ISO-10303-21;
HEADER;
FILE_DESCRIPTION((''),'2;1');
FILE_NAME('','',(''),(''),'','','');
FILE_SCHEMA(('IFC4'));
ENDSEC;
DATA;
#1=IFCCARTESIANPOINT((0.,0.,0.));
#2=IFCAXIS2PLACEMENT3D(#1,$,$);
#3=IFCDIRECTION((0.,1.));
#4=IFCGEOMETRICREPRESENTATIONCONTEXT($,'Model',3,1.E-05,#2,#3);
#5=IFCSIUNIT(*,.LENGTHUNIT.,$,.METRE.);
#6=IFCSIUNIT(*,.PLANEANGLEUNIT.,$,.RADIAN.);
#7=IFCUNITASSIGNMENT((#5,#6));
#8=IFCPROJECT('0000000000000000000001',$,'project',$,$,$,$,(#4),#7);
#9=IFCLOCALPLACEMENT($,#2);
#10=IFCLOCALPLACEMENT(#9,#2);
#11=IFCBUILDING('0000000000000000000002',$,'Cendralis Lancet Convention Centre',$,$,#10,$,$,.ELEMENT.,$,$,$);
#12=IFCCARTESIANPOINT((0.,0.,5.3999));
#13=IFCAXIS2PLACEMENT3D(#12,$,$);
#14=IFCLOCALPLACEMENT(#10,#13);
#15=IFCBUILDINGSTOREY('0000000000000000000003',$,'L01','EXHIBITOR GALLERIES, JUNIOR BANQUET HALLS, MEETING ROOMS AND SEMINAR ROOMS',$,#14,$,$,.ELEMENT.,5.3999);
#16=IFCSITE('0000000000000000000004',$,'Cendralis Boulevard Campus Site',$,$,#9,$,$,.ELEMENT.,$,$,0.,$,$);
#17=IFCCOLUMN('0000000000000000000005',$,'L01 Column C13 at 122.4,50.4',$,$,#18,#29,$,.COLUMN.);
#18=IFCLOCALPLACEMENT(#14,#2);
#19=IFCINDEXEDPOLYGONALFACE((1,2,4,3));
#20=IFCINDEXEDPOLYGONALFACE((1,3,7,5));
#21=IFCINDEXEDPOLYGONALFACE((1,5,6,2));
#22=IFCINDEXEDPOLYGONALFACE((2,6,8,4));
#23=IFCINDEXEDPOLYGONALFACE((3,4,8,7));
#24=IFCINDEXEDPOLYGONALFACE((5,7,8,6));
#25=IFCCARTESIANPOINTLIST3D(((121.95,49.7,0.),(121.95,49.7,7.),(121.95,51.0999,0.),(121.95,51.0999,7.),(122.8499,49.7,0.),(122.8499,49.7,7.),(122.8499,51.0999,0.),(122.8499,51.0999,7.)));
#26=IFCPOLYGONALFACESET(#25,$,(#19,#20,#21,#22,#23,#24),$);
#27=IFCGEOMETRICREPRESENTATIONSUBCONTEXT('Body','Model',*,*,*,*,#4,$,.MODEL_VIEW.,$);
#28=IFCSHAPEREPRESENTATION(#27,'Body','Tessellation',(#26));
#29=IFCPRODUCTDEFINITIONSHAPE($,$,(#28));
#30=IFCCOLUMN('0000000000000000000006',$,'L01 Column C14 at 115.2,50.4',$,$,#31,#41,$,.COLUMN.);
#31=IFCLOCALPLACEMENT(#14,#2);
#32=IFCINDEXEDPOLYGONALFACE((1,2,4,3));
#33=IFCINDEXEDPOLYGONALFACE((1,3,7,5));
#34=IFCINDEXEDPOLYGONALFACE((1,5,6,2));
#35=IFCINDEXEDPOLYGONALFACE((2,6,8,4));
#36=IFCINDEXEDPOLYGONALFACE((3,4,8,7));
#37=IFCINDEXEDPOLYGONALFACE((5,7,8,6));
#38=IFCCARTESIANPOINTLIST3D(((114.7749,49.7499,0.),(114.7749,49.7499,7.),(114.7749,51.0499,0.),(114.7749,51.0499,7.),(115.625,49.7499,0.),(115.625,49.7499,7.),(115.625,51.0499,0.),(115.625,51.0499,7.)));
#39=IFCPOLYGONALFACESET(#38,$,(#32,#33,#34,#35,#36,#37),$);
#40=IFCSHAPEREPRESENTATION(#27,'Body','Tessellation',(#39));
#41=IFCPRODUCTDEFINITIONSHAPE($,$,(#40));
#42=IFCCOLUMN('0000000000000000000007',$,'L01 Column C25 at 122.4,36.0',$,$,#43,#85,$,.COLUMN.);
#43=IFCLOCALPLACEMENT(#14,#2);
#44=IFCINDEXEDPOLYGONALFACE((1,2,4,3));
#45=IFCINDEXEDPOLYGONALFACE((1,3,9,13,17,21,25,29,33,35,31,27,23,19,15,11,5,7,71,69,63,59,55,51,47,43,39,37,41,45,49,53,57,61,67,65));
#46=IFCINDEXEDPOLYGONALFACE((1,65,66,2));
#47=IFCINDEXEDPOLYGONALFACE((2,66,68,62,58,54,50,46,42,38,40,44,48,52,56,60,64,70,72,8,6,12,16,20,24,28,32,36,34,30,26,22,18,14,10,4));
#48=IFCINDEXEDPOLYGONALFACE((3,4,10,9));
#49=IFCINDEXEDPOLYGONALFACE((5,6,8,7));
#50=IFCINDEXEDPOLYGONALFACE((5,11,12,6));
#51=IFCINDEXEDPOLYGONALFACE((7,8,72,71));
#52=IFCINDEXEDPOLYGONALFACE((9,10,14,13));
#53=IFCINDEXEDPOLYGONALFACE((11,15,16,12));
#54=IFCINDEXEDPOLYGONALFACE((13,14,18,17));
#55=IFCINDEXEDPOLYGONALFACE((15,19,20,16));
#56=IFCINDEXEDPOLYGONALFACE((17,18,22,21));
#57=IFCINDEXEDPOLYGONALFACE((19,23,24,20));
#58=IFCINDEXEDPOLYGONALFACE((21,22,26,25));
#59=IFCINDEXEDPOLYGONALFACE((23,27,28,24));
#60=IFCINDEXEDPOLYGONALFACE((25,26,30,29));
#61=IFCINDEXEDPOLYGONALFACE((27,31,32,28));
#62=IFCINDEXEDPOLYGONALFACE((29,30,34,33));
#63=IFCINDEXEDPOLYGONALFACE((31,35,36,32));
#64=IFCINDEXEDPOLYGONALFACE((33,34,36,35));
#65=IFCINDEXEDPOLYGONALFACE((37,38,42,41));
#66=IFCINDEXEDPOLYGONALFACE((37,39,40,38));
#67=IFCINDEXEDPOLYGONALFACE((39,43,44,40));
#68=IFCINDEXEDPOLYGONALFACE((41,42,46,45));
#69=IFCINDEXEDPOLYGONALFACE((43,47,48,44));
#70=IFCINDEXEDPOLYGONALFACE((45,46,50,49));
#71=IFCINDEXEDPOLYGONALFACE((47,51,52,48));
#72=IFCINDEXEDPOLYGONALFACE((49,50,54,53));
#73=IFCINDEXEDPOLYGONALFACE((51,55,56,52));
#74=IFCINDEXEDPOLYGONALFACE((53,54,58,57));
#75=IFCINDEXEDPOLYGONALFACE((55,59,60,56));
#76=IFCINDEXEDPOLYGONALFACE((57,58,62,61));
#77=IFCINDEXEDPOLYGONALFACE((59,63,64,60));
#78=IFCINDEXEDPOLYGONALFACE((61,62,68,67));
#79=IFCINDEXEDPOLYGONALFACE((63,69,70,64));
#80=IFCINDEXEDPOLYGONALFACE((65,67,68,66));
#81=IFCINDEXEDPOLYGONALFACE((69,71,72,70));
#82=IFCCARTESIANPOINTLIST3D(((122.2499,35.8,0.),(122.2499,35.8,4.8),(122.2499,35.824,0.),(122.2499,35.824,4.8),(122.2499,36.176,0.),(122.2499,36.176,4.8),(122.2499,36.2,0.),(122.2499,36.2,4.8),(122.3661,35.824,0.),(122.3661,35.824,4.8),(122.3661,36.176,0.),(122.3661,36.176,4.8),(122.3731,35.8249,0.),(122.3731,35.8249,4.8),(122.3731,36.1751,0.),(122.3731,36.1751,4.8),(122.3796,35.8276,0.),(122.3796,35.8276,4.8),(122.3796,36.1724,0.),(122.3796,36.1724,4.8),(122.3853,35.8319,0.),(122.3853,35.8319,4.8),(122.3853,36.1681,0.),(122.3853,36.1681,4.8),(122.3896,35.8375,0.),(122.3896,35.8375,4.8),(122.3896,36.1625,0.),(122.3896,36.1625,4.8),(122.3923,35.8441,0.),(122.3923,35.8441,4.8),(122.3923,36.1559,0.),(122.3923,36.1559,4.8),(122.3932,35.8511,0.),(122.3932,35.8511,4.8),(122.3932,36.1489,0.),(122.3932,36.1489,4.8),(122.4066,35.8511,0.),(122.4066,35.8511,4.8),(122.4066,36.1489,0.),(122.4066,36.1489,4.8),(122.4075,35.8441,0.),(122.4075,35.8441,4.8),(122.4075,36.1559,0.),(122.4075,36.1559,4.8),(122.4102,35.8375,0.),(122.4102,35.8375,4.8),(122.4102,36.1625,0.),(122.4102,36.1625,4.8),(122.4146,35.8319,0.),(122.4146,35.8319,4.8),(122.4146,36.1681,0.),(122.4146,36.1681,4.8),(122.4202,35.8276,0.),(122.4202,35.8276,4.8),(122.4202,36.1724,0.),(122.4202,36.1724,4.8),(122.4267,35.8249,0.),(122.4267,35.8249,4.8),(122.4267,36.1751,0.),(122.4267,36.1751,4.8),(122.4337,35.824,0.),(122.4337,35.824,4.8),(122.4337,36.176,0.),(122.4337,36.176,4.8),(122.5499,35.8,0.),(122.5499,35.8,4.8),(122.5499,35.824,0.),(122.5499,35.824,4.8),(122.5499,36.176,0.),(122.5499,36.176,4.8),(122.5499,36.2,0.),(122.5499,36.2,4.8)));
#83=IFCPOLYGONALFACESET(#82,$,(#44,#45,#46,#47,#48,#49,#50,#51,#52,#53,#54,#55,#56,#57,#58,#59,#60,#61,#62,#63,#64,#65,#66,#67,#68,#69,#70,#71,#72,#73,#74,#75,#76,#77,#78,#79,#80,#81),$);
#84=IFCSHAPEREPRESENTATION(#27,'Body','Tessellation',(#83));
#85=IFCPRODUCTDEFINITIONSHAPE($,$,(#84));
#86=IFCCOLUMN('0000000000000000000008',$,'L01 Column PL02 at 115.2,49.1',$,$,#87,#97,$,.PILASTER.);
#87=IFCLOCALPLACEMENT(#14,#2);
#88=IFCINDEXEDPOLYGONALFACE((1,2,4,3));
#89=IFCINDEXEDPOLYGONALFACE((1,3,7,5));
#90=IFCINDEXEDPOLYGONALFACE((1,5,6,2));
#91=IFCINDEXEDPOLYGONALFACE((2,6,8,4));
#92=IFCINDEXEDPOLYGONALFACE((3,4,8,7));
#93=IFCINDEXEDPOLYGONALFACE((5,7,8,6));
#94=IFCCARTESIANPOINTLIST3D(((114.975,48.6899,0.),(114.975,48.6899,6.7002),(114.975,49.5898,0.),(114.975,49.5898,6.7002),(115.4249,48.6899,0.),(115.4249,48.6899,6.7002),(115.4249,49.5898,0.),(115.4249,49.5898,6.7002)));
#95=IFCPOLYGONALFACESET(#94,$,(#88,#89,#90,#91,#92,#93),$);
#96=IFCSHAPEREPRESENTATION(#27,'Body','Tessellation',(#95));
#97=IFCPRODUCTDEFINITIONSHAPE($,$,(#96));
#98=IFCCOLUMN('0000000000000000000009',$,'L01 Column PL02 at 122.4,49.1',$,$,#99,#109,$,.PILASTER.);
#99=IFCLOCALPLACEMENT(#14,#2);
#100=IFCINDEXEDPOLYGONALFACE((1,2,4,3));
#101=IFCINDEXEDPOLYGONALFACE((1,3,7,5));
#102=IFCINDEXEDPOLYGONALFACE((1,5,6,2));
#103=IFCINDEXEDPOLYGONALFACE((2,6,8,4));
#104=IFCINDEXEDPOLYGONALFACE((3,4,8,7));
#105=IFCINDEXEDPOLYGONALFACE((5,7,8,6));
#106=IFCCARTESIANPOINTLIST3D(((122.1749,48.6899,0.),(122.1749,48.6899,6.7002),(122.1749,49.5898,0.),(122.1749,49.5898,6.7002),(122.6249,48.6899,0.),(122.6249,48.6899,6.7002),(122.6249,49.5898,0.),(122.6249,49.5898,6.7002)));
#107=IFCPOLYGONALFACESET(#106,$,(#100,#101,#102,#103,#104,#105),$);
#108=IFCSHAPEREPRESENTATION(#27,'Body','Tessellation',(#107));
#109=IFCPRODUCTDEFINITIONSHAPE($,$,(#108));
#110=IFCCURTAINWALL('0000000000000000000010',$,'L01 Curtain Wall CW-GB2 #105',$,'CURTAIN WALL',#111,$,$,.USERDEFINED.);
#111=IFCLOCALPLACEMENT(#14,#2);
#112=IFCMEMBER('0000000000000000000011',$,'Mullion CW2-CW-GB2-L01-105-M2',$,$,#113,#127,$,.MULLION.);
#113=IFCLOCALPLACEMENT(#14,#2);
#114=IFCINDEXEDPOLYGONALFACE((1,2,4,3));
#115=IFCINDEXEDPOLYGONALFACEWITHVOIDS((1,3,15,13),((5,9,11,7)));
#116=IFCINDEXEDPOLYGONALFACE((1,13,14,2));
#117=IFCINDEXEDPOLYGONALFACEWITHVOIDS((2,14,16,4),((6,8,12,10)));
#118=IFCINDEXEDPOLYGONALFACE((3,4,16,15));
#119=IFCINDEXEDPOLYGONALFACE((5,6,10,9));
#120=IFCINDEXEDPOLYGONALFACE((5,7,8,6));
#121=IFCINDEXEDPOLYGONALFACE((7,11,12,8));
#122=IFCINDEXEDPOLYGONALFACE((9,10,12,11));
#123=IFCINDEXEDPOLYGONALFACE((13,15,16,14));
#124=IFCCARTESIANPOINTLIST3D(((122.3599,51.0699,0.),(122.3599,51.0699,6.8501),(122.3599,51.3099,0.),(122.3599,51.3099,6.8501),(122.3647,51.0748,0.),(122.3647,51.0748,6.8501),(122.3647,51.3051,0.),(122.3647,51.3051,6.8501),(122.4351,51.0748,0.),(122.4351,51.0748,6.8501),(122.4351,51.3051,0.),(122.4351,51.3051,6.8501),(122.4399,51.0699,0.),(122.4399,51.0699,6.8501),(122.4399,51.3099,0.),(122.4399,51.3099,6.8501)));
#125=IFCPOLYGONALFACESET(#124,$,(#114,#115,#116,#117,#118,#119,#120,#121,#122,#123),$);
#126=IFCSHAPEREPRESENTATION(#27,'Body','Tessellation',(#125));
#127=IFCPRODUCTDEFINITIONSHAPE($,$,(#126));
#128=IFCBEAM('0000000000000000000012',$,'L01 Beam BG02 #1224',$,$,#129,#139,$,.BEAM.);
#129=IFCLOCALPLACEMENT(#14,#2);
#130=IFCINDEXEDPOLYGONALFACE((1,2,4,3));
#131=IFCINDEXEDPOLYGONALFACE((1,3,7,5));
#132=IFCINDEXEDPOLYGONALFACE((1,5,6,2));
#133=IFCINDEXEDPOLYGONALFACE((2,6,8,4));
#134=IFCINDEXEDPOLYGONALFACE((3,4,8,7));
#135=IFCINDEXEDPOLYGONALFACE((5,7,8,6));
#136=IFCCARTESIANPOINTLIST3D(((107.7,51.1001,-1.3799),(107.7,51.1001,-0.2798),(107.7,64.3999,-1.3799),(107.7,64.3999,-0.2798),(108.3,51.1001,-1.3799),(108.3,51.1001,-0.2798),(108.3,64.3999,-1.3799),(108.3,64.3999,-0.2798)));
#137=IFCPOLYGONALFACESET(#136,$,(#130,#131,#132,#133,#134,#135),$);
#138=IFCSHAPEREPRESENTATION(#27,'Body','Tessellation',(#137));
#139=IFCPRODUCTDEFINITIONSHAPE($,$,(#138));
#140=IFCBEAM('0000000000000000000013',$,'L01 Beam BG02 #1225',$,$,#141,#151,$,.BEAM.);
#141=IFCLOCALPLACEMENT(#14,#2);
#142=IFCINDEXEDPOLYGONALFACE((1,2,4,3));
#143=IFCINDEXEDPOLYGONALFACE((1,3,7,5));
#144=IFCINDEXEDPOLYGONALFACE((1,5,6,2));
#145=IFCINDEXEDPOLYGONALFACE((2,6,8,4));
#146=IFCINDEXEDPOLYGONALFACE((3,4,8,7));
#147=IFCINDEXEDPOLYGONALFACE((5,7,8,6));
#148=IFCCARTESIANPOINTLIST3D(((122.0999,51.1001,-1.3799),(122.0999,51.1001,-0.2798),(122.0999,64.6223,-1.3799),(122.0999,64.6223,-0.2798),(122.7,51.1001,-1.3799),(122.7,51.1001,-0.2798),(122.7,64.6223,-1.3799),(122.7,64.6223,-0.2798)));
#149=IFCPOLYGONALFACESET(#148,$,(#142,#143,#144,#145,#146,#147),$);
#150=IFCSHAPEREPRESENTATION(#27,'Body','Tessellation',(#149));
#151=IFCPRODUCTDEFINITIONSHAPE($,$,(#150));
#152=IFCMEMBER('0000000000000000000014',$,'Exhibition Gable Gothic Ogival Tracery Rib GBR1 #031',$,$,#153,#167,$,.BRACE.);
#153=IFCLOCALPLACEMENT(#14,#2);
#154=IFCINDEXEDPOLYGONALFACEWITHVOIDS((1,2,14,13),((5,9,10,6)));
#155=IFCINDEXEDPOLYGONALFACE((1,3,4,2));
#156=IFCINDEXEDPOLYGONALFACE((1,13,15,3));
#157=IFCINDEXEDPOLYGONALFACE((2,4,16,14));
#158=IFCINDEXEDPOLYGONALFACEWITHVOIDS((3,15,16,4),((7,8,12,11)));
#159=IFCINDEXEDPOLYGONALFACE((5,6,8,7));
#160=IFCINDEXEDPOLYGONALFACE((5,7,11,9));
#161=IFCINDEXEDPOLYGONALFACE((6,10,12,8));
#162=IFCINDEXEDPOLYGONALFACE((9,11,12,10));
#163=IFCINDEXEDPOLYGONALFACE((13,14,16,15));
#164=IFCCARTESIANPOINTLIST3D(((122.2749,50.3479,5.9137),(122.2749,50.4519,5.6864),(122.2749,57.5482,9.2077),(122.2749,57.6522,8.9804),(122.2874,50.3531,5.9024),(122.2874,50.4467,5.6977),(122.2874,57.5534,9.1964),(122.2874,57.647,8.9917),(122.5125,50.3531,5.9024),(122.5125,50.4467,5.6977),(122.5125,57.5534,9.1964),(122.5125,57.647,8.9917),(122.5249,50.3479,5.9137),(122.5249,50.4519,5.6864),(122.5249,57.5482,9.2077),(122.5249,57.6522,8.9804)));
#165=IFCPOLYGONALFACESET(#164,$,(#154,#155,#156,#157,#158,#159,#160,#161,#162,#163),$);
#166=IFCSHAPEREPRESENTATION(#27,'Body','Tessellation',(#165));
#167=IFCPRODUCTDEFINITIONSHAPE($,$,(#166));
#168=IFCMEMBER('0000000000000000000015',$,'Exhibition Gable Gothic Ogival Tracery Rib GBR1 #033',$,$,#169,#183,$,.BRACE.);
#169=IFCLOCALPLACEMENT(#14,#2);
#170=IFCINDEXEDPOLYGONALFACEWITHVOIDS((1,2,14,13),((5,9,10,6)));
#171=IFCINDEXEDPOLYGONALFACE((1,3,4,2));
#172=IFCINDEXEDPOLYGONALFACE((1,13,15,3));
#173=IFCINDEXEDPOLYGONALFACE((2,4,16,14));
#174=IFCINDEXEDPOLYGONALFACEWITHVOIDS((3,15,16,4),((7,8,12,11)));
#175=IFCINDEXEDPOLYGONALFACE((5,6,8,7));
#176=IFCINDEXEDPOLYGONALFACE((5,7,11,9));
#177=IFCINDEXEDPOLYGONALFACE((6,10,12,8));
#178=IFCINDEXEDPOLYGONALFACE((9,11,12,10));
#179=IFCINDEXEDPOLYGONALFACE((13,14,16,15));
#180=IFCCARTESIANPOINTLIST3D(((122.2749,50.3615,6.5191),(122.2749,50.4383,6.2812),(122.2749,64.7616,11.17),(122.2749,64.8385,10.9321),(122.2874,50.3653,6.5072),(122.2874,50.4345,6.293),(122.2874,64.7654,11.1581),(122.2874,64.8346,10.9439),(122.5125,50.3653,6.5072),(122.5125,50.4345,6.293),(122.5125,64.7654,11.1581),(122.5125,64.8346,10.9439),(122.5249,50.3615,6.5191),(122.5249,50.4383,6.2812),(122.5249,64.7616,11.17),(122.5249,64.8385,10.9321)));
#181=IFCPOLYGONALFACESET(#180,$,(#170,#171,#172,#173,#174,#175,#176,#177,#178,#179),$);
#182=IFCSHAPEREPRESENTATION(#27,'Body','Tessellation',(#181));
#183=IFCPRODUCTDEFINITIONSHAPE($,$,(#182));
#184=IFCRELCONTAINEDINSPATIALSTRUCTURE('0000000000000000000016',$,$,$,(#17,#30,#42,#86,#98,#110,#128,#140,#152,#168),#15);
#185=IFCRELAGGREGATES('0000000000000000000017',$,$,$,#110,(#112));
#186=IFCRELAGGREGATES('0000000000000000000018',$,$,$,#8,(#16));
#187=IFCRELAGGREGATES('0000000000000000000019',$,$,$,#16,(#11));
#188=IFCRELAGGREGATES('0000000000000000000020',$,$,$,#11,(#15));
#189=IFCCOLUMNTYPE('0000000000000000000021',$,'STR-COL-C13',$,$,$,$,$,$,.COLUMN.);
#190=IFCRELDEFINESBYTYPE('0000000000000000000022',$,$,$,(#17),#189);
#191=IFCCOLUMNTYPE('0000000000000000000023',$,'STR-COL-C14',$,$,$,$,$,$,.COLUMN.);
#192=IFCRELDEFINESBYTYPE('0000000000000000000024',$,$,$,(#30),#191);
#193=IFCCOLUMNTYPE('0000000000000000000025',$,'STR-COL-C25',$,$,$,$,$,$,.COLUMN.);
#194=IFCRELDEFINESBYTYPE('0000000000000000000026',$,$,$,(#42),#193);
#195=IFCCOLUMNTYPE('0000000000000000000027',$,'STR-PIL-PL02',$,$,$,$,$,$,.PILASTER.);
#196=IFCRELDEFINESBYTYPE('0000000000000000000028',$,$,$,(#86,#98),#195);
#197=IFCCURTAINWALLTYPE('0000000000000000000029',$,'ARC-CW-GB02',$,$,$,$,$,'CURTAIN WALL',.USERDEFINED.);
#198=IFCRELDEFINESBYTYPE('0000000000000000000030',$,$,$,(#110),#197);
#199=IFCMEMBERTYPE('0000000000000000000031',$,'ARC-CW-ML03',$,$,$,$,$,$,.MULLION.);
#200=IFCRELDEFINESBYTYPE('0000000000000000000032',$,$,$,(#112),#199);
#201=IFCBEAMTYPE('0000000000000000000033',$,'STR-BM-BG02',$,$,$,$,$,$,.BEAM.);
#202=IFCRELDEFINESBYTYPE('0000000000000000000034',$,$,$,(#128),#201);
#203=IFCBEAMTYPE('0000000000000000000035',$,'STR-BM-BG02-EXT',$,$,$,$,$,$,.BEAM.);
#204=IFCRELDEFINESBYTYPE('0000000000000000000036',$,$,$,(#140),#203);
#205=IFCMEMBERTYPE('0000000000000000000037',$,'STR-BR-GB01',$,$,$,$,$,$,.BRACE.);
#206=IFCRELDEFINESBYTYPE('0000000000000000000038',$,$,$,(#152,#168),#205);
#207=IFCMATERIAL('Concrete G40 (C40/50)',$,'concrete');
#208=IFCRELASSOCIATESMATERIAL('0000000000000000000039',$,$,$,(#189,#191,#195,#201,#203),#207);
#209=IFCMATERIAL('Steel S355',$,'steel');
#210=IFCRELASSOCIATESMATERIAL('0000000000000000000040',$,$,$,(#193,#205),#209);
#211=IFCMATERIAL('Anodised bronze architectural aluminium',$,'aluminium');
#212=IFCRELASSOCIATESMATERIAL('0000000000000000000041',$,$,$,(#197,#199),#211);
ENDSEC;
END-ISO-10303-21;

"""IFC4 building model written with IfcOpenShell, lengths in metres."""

from ifc_helpers import new_model, si_unit, direction, frame, origin, origin_2d, place, context, subcontext, project, spatial, rectangle, hollow_rectangle, i_section, extrude, material, material_profile, profile_set, type_object, element, aggregate, save


model = new_model("IFC4")

# Units and contexts
model_context = context("Model", 3, precision=1e-05, world=origin(), true_north=direction((0.0, 1.0)))
body_context = subcontext(model_context, "Body", "Model", "MODEL_VIEW")
ifc_project = project(units=[si_unit("LENGTHUNIT", "METRE"), si_unit("PLANEANGLEUNIT", "RADIAN")], contexts=[model_context])

# Site, building, storey
site_placement = place(None, origin())
site = spatial("IfcSite", under=ifc_project, at=site_placement, Name="Cendralis Boulevard Campus Site", CompositionType="ELEMENT", RefElevation=0.0)
building_placement = place(site_placement, origin())
building = spatial("IfcBuilding", under=site, at=building_placement, Name="Cendralis Lancet Convention Centre", CompositionType="ELEMENT")
storey_placement = place(building_placement, frame((0.0, 0.0, 5.3999)))
storey = spatial("IfcBuildingStorey", under=building, at=storey_placement, Name="L01", Description="EXHIBITOR GALLERIES, JUNIOR BANQUET HALLS, MEETING ROOMS AND SEMINAR ROOMS", CompositionType="ELEMENT", Elevation=5.3999)

# Columns
ifc_material_1 = material(Name="Concrete G40 (C40/50)", Category="concrete")
ifc_material_profile_1 = material_profile(ifc_material_1, rectangle(XDim=0.8999, YDim=1.3999, at=origin_2d()), Name="RC 900x1400")
ifc_profile_set_1 = profile_set([ifc_material_profile_1], Name="Concrete G40 (C40/50)")
column_type_1 = type_object("IfcColumnType", Name="STR-COL-C13", PredefinedType="COLUMN", material=ifc_profile_set_1)
column_1_placement = place(storey_placement, frame((122.3999, 50.3999, 0.0), z_axis=(0.0, 0.0, 1.0), x_axis=(1.0, 0.0, 0.0)))
element("IfcColumn", 1, at=column_1_placement, inside=storey, type_object=column_type_1, Name="L01 Column C13 at 122.4,50.4", PredefinedType="COLUMN", context=body_context, shape_type="SweptSolid", body=[
    extrude(rectangle(XDim=0.8999, YDim=1.3999, at=origin_2d()), origin(), (0.0, 0.0, 1.0), 7.0),
])
ifc_material_profile_2 = material_profile(ifc_material_1, rectangle(XDim=0.8501, YDim=1.3, at=origin_2d()), Name="RC 850x1300")
ifc_profile_set_2 = profile_set([ifc_material_profile_2], Name="Concrete G40 (C40/50)")
column_type_2 = type_object("IfcColumnType", Name="STR-COL-C14", PredefinedType="COLUMN", material=ifc_profile_set_2)
column_2_placement = place(storey_placement, frame((115.2, 50.3999, 0.0), z_axis=(0.0, 0.0, 1.0), x_axis=(1.0, 0.0, 0.0)))
element("IfcColumn", 2, at=column_2_placement, inside=storey, type_object=column_type_2, Name="L01 Column C14 at 115.2,50.4", PredefinedType="COLUMN", context=body_context, shape_type="SweptSolid", body=[
    extrude(rectangle(XDim=0.8501, YDim=1.3, at=origin_2d()), origin(), (0.0, 0.0, 1.0), 7.0),
])
ifc_material_2 = material(Name="Steel S355", Category="steel")
ifc_material_profile_3 = material_profile(ifc_material_2, i_section(OverallWidth=0.3, OverallDepth=0.3999, WebThickness=0.0134, FlangeThickness=0.0239, FilletRadius=0.0271, at=origin_2d()), Name="HEB 400")
ifc_profile_set_3 = profile_set([ifc_material_profile_3], Name="Steel S355")
column_type_3 = type_object("IfcColumnType", Name="STR-COL-C25", PredefinedType="COLUMN", material=ifc_profile_set_3)
column_3_placement = place(storey_placement, frame((122.3999, 36.0, 0.0), z_axis=(0.0, 0.0, 1.0), x_axis=(1.0, 0.0, 0.0)))
element("IfcColumn", 3, at=column_3_placement, inside=storey, type_object=column_type_3, Name="L01 Column C25 at 122.4,36.0", PredefinedType="COLUMN", context=body_context, shape_type="SweptSolid", body=[
    extrude(i_section(OverallWidth=0.3, OverallDepth=0.3999, WebThickness=0.0134, FlangeThickness=0.0239, FilletRadius=0.0271, at=origin_2d()), origin(), (0.0, 0.0, 1.0), 4.8),
])
ifc_material_profile_4 = material_profile(ifc_material_1, rectangle(XDim=0.45, YDim=0.8999, at=origin_2d()), Name="RC 450x900")
ifc_profile_set_4 = profile_set([ifc_material_profile_4], Name="Concrete G40 (C40/50)")
column_type_4 = type_object("IfcColumnType", Name="STR-PIL-PL02", PredefinedType="PILASTER", material=ifc_profile_set_4)
for number, where, z_axis, x_axis, name in (
    (4, (115.2, 49.1399, 0.0), (0.0, 0.0, 1.0), (1.0, 0.0, 0.0), "L01 Column PL02 at 115.2,49.1"),
    (5, (122.3999, 49.1399, 0.0), (0.0, 0.0, 1.0), (1.0, 0.0, 0.0), "L01 Column PL02 at 122.4,49.1"),
):
    element("IfcColumn", number, at=place(storey_placement, frame(where, z_axis=z_axis, x_axis=x_axis)), inside=storey, type_object=column_type_4, Name=name, PredefinedType="PILASTER", context=body_context, shape_type="SweptSolid", body=[
        extrude(rectangle(XDim=0.45, YDim=0.8999, at=origin_2d()), origin(), (0.0, 0.0, 1.0), 6.7002),
    ])

# Curtain wall, member
ifc_material_3 = material(Name="Anodised bronze architectural aluminium", Category="aluminium")
curtain_wall_type = type_object("IfcCurtainWallType", Name="ARC-CW-GB02", ElementType="CURTAIN WALL", PredefinedType="USERDEFINED", material=ifc_material_3)
curtain_wall_placement = place(storey_placement, origin())
curtain_wall = element("IfcCurtainWall", 6, at=curtain_wall_placement, inside=storey, type_object=curtain_wall_type, Name="L01 Curtain Wall CW-GB2 #105", ObjectType="CURTAIN WALL", PredefinedType="USERDEFINED")
ifc_material_profile_5 = material_profile(ifc_material_3, hollow_rectangle(XDim=0.0801, YDim=0.24, WallThickness=0.0049, at=origin_2d()), Name="AL-MULL 80x240x5.0")
ifc_profile_set_5 = profile_set([ifc_material_profile_5], Name="Anodised bronze architectural aluminium")
member_type_1 = type_object("IfcMemberType", Name="ARC-CW-ML03", PredefinedType="MULLION", material=ifc_profile_set_5)
member_1_placement = place(storey_placement, frame((122.3999, 51.1899, 0.0), z_axis=(0.0, 0.0, 1.0), x_axis=(1.0, 0.0, 0.0)))
member_1 = element("IfcMember", 7, at=member_1_placement, type_object=member_type_1, Name="Mullion CW2-CW-GB2-L01-105-M2", PredefinedType="MULLION", context=body_context, shape_type="SweptSolid", body=[
    extrude(hollow_rectangle(XDim=0.0801, YDim=0.24, WallThickness=0.0049, at=origin_2d()), origin(), (0.0, 0.0, 1.0), 6.8501),
])
aggregate(curtain_wall, [member_1])

# Beams
ifc_material_profile_6 = material_profile(ifc_material_1, rectangle(XDim=0.6001, YDim=1.1001, at=origin_2d()), Name="RCB 600x1100")
ifc_profile_set_6 = profile_set([ifc_material_profile_6], Name="Concrete G40 (C40/50)")
beam_type_1 = type_object("IfcBeamType", Name="STR-BM-BG02", PredefinedType="BEAM", material=ifc_profile_set_6)
beam_1_placement = place(storey_placement, frame((108.0, 51.1001, -0.8298), z_axis=(0.0, 1.0, 0.0), x_axis=(-1.0, 0.0, 0.0)))
element("IfcBeam", 8, at=beam_1_placement, inside=storey, type_object=beam_type_1, Name="L01 Beam BG02 #1224", PredefinedType="BEAM", context=body_context, shape_type="SweptSolid", body=[
    extrude(rectangle(XDim=0.6001, YDim=1.1001, at=origin_2d()), origin(), (0.0, 0.0, 1.0), 13.2998),
])
ifc_material_profile_7 = material_profile(ifc_material_1, rectangle(XDim=0.6001, YDim=1.1001, at=origin_2d()), Name="RCB 600x1100")
ifc_profile_set_7 = profile_set([ifc_material_profile_7], Name="Concrete G40 (C40/50)")
beam_type_2 = type_object("IfcBeamType", Name="STR-BM-BG02-EXT", PredefinedType="BEAM", material=ifc_profile_set_7)
beam_2_placement = place(storey_placement, frame((122.3999, 51.1001, -0.8298), z_axis=(0.0, 1.0, 0.0), x_axis=(-1.0, 0.0, 0.0)))
element("IfcBeam", 9, at=beam_2_placement, inside=storey, type_object=beam_type_2, Name="L01 Beam BG02 #1225", PredefinedType="BEAM", context=body_context, shape_type="SweptSolid", body=[
    extrude(rectangle(XDim=0.6001, YDim=1.1001, at=origin_2d()), origin(), (0.0, 0.0, 1.0), 13.5222),
])

# Members
ifc_material_profile_8 = material_profile(ifc_material_2, hollow_rectangle(XDim=0.25, YDim=0.25, WallThickness=0.0125, at=origin_2d()), Name="SHS 250x250x12.5")
ifc_profile_set_8 = profile_set([ifc_material_profile_8], Name="Steel S355")
member_type_2 = type_object("IfcMemberType", Name="STR-BR-GB01", PredefinedType="BRACE", material=ifc_profile_set_8)
member_2_placement = place(storey_placement, frame((122.3999, 50.3999, 5.8), z_axis=(0.0, 0.909359, 0.416013), x_axis=(-1.0, 0.0, 0.0)))
element("IfcMember", 10, at=member_2_placement, inside=storey, type_object=member_type_2, Name="Exhibition Gable Gothic Ogival Tracery Rib GBR1 #031", PredefinedType="BRACE", context=body_context, shape_type="SweptSolid", body=[
    extrude(hollow_rectangle(XDim=0.25, YDim=0.25, WallThickness=0.0125, at=origin_2d()), origin(), (0.0, 0.0, 1.0), 7.918),
])
member_3_placement = place(storey_placement, frame((122.3999, 50.3999, 6.4001), z_axis=(0.0, 0.951599, 0.307342), x_axis=(-1.0, 0.0, 0.0)))
element("IfcMember", 11, at=member_3_placement, inside=storey, type_object=member_type_2, Name="Exhibition Gable Gothic Ogival Tracery Rib GBR1 #033", PredefinedType="BRACE", context=body_context, shape_type="SweptSolid", body=[
    extrude(hollow_rectangle(XDim=0.25, YDim=0.25, WallThickness=0.0125, at=origin_2d()), origin(), (0.0, 0.0, 1.0), 15.1326),
])

save(model, "model.ifc")
